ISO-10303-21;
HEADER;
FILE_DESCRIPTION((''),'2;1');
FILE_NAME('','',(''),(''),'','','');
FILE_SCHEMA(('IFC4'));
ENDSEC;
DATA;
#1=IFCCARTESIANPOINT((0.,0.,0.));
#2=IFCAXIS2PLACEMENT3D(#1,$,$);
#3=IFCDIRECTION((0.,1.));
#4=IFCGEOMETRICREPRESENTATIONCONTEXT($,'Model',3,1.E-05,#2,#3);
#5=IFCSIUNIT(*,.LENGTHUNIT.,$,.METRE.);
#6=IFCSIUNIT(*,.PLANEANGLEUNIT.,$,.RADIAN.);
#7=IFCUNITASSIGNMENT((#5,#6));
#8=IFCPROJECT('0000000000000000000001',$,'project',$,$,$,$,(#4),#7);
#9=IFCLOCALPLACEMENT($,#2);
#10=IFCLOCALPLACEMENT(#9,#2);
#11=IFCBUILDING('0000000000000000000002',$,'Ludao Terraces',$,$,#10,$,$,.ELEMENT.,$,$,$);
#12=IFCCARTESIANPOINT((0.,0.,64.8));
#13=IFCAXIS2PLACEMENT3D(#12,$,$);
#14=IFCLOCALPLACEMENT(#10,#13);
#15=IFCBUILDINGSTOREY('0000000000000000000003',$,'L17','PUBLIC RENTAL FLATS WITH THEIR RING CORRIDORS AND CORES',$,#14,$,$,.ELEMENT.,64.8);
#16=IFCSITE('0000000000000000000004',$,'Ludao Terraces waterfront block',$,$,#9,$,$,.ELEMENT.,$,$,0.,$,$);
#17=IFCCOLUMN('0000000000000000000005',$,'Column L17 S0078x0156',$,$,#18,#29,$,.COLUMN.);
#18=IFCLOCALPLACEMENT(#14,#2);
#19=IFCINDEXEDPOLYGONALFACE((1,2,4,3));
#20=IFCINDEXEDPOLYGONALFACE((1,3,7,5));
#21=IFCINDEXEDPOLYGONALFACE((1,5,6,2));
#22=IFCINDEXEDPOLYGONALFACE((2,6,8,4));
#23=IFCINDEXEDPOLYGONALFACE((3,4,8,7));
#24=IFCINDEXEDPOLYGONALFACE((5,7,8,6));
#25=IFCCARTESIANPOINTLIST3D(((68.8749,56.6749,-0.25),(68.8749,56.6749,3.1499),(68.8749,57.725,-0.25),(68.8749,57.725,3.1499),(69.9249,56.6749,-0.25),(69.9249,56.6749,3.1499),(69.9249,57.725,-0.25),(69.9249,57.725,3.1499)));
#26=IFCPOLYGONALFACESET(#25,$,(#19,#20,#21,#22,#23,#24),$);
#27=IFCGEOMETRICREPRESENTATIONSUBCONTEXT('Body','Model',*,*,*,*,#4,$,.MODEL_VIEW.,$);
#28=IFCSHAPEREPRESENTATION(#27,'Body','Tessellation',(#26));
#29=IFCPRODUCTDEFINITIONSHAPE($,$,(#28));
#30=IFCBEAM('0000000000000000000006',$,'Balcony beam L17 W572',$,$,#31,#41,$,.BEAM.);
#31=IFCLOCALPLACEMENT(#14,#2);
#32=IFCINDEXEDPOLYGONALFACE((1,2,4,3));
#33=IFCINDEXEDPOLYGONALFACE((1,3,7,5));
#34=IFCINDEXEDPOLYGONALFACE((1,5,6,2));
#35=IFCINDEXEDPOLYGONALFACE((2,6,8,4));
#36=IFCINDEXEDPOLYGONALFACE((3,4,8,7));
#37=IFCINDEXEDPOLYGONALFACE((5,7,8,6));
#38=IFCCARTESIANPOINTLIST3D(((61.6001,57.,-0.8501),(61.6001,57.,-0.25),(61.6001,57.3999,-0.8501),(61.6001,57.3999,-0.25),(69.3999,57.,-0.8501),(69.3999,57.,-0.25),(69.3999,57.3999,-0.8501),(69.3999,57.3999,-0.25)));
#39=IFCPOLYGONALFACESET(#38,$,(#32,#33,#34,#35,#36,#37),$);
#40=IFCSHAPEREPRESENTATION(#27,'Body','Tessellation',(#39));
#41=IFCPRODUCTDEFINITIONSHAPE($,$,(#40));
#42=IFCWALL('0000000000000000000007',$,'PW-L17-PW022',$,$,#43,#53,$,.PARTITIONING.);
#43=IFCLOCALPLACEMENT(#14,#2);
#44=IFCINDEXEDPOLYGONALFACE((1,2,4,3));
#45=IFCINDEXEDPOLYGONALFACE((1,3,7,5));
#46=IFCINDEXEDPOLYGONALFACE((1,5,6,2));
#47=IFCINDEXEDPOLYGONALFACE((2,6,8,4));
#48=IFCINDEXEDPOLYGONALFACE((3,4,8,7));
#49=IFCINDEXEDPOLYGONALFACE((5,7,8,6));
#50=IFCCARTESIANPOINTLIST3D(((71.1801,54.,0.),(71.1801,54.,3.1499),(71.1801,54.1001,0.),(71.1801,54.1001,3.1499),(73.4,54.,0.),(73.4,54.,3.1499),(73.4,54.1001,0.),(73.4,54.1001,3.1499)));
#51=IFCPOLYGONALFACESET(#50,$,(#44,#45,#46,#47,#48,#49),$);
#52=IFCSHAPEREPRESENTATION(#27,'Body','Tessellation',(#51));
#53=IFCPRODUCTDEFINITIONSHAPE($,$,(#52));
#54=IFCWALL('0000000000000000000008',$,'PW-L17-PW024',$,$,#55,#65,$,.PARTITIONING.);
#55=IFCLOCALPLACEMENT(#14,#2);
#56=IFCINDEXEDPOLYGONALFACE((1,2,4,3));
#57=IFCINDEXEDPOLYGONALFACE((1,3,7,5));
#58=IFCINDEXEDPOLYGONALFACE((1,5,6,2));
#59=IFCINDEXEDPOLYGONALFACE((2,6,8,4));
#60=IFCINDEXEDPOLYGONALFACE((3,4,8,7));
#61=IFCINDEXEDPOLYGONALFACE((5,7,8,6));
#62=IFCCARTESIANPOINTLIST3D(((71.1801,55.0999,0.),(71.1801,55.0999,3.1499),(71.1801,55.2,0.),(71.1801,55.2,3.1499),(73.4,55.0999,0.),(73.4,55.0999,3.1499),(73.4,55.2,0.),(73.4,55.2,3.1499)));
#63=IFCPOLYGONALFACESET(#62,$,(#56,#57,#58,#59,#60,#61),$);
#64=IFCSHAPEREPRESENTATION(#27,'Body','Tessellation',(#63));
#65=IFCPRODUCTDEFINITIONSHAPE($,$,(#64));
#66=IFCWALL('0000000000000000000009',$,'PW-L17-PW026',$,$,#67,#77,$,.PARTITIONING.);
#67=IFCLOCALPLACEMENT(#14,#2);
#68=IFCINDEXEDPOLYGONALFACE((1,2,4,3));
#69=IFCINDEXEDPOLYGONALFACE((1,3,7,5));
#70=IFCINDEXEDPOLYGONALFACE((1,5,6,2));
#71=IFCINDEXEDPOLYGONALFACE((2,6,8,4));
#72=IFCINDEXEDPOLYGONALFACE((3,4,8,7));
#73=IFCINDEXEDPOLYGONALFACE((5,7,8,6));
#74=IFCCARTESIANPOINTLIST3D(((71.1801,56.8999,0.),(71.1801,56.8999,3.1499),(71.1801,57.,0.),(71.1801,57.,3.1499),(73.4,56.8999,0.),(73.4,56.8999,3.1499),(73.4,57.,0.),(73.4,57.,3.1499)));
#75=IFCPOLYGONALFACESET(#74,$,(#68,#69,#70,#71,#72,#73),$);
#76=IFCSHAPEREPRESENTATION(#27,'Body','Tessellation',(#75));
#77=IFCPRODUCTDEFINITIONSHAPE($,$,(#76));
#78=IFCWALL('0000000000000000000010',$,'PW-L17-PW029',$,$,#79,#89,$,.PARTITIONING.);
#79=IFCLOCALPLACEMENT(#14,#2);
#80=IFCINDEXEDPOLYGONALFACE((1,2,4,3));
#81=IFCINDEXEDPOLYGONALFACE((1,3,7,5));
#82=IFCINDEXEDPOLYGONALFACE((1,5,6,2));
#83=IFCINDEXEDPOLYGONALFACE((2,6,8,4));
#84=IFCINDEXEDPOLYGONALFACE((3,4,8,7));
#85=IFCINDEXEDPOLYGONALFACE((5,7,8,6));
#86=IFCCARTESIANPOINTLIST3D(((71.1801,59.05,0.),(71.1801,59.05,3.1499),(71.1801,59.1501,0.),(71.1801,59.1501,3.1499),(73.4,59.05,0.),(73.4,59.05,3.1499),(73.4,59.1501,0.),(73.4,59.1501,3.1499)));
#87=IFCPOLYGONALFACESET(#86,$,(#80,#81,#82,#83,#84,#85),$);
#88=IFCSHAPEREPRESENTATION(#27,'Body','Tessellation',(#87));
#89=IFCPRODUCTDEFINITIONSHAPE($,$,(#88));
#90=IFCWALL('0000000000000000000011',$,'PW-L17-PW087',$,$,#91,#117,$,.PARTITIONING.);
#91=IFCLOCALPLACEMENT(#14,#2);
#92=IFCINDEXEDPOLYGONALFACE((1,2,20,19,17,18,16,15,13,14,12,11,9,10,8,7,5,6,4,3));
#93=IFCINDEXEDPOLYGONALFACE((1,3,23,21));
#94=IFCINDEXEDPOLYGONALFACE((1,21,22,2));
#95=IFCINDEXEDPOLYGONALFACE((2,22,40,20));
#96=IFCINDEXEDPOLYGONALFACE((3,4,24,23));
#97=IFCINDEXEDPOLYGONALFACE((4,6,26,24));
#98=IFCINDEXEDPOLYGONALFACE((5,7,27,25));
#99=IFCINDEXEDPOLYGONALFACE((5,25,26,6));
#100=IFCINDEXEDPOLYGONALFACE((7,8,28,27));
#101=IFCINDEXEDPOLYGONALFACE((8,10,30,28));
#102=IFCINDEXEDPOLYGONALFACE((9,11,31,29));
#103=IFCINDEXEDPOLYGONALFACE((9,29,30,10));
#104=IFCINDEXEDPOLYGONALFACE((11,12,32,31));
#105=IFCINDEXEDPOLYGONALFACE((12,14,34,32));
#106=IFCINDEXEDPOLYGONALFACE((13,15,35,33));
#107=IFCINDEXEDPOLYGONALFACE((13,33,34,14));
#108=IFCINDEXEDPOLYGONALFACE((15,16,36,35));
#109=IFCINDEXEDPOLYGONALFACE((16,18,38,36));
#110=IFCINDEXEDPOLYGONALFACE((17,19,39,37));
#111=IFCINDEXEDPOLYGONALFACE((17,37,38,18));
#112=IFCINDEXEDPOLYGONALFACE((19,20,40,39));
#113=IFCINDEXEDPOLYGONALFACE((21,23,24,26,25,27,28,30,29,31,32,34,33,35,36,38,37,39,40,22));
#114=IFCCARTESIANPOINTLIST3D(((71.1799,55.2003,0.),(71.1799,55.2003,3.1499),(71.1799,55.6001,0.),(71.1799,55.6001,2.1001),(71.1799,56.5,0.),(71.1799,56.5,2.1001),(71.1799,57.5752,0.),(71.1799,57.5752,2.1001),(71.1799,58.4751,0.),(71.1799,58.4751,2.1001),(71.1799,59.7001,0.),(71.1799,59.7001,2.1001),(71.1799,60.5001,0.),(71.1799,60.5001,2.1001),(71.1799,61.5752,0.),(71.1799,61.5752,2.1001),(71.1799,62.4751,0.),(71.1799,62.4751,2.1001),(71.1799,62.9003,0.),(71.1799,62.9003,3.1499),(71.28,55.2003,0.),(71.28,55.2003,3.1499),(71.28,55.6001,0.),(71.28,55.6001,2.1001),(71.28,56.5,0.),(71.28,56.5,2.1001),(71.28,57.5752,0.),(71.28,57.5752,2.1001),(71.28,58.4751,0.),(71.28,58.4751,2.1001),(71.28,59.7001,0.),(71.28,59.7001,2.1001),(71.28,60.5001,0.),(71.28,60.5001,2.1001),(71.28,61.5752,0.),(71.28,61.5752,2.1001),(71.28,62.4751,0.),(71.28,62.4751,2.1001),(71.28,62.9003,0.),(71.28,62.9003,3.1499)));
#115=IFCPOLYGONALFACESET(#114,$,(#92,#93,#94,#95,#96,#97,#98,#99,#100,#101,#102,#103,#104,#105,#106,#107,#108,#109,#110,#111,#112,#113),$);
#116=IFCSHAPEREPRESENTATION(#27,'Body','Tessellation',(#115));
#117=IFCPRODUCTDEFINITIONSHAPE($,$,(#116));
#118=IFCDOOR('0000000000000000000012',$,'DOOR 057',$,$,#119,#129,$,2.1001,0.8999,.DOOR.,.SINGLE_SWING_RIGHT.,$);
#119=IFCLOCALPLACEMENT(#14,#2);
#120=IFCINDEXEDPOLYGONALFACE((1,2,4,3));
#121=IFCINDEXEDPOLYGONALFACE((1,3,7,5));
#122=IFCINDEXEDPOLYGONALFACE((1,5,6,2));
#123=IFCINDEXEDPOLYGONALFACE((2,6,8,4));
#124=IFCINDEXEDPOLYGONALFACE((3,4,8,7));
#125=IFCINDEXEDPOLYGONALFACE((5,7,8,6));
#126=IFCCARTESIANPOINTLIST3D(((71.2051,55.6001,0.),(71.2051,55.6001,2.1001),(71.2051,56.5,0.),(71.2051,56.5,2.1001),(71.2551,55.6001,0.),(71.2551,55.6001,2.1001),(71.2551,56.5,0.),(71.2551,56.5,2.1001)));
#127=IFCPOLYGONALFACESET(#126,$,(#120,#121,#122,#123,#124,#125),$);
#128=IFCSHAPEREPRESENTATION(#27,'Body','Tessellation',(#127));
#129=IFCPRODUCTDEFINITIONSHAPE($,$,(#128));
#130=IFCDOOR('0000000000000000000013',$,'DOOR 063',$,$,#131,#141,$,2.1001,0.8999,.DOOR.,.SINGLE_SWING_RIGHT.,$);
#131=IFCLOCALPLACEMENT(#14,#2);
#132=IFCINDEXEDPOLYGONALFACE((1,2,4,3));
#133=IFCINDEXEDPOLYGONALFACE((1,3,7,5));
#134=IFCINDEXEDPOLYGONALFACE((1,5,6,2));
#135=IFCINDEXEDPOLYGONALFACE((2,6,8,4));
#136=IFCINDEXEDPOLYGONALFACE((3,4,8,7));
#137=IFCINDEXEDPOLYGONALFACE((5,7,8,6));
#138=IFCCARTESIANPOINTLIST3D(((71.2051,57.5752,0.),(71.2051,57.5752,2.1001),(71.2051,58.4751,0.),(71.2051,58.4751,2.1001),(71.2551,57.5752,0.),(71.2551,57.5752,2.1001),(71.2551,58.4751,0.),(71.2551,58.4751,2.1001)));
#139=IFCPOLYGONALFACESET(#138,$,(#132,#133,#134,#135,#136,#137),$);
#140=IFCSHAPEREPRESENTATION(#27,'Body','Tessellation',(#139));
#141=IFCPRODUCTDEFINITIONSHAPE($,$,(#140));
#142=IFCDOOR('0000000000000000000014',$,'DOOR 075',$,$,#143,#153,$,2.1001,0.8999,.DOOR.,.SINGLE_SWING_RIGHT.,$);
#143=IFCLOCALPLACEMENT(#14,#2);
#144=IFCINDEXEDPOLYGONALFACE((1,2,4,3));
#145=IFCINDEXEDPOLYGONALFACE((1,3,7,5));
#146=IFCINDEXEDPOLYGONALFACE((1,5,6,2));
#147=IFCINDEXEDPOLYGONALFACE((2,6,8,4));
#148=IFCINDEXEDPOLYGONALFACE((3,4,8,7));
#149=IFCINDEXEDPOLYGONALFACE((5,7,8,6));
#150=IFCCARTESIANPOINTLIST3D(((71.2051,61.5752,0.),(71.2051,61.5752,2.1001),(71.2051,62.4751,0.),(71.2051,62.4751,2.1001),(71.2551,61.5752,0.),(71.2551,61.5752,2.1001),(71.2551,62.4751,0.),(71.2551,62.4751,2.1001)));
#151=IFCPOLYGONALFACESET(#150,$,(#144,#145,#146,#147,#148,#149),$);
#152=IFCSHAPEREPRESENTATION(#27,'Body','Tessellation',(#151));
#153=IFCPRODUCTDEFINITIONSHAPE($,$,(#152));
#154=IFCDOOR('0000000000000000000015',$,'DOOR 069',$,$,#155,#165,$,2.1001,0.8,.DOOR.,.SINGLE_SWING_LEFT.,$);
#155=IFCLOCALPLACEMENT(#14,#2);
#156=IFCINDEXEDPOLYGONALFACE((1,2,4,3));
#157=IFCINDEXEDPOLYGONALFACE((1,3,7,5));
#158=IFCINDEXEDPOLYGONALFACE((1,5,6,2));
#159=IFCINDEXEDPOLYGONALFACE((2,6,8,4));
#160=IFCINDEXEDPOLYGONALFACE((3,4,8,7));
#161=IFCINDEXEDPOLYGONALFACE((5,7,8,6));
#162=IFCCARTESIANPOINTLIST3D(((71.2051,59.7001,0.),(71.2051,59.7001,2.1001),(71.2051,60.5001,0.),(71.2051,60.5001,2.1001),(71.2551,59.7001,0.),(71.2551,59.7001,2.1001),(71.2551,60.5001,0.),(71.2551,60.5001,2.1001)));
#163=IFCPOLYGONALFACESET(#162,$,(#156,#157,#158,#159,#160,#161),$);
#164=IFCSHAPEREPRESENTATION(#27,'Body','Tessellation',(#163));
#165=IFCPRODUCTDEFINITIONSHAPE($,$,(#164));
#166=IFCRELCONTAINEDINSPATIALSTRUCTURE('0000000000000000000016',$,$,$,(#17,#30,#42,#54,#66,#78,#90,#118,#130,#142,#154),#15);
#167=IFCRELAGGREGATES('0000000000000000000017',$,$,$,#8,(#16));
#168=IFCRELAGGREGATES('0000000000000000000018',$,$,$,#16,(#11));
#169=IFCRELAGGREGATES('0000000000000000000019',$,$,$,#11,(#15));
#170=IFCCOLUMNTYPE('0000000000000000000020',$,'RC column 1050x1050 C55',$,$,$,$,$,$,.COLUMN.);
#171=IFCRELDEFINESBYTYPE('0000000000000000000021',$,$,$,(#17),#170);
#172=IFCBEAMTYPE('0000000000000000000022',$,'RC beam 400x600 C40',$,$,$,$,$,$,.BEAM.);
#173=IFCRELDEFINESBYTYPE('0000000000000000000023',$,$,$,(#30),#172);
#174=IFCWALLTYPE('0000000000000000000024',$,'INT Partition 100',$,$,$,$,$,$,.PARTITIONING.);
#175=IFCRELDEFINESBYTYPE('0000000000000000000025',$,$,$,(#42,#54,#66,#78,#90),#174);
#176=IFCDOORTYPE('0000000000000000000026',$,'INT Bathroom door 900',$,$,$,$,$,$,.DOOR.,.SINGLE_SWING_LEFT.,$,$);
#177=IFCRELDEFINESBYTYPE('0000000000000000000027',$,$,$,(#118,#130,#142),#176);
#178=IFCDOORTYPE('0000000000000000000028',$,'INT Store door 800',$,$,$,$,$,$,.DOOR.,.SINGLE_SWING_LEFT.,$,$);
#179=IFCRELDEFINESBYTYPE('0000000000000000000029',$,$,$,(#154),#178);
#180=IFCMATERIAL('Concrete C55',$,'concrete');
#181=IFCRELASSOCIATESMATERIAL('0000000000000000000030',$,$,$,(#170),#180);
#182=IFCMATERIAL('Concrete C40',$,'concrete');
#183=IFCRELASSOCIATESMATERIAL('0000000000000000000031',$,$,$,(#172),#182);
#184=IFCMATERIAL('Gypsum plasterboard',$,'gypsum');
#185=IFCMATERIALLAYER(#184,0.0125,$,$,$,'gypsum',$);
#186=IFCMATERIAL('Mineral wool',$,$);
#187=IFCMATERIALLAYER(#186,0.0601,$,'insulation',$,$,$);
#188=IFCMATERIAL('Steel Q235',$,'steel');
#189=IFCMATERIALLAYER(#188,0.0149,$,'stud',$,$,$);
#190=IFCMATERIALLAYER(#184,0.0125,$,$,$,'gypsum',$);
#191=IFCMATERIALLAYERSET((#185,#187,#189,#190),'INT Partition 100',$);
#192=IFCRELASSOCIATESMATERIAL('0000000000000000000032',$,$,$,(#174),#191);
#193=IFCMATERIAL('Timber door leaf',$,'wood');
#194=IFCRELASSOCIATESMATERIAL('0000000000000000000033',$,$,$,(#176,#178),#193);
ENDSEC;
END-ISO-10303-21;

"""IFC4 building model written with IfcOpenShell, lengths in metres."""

from ifc_helpers import new_model, si_unit, direction, frame, frame_2d, origin, origin_2d, place, context, subcontext, project, spatial, rectangle, extrude, material, layer, layer_set, material_profile, profile_set, type_object, element, fill, save


model = new_model("IFC4")

# Units and contexts
model_context = context("Model", 3, precision=1e-05, world=origin(), true_north=direction((0.0, 1.0)))
body_context = subcontext(model_context, "Body", "Model", "MODEL_VIEW")
ifc_project = project(units=[si_unit("LENGTHUNIT", "METRE"), si_unit("PLANEANGLEUNIT", "RADIAN")], contexts=[model_context])

# Site, building, storey
site_placement = place(None, origin())
site = spatial("IfcSite", under=ifc_project, at=site_placement, Name="Ludao Terraces waterfront block", CompositionType="ELEMENT", RefElevation=0.0)
building_placement = place(site_placement, origin())
building = spatial("IfcBuilding", under=site, at=building_placement, Name="Ludao Terraces", CompositionType="ELEMENT")
storey_placement = place(building_placement, frame((0.0, 0.0, 64.8)))
storey = spatial("IfcBuildingStorey", under=building, at=storey_placement, Name="L17", Description="PUBLIC RENTAL FLATS WITH THEIR RING CORRIDORS AND CORES", CompositionType="ELEMENT", Elevation=64.8)

# Column
ifc_material_1 = material(Name="Concrete C55", Category="concrete")
ifc_material_profile_1 = material_profile(ifc_material_1, rectangle(XDim=1.05, YDim=1.05, at=origin_2d()), Name="1050 X 1050")
ifc_profile_set_1 = profile_set([ifc_material_profile_1], Name="Concrete C55")
column_type = type_object("IfcColumnType", Name="RC column 1050x1050 C55", PredefinedType="COLUMN", material=ifc_profile_set_1)
column_placement = place(storey_placement, frame((69.3999, 57.2, -0.25), z_axis=(0.0, 0.0, 1.0), x_axis=(1.0, 0.0, 0.0)))
element("IfcColumn", 1, at=column_placement, inside=storey, type_object=column_type, Name="Column L17 S0078x0156", PredefinedType="COLUMN", context=body_context, shape_type="SweptSolid", body=[
    extrude(rectangle(XDim=1.05, YDim=1.05, at=origin_2d()), origin(), (0.0, 0.0, 1.0), 3.3999),
])

# Beam
ifc_material_2 = material(Name="Concrete C40", Category="concrete")
ifc_material_profile_2 = material_profile(ifc_material_2, rectangle(XDim=0.3999, YDim=0.6001, at=origin_2d()), Name="400 X 600")
ifc_profile_set_2 = profile_set([ifc_material_profile_2], Name="Concrete C40")
beam_type = type_object("IfcBeamType", Name="RC beam 400x600 C40", PredefinedType="BEAM", material=ifc_profile_set_2)
beam_placement = place(storey_placement, frame((69.3999, 57.2, -0.55), z_axis=(-1.0, 0.0, 0.0), x_axis=(0.0, -1.0, 0.0)))
element("IfcBeam", 2, at=beam_placement, inside=storey, type_object=beam_type, Name="Balcony beam L17 W572", PredefinedType="BEAM", context=body_context, shape_type="SweptSolid", body=[
    extrude(rectangle(XDim=0.3999, YDim=0.6001, at=origin_2d()), origin(), (0.0, 0.0, 1.0), 7.7998),
])

# Walls
ifc_material_3 = material(Name="Gypsum plasterboard", Category="gypsum")
ifc_layer_1 = layer(ifc_material_3, 0.0125, Category="gypsum")
ifc_material_4 = material(Name="Mineral wool")
ifc_layer_2 = layer(ifc_material_4, 0.0601, Name="insulation")
ifc_material_5 = material(Name="Steel Q235", Category="steel")
ifc_layer_3 = layer(ifc_material_5, 0.0149, Name="stud")
ifc_layer_4 = layer(ifc_material_3, 0.0125, Category="gypsum")
ifc_layer_set = layer_set([ifc_layer_1, ifc_layer_2, ifc_layer_3, ifc_layer_4], Name="INT Partition 100")
wall_type = type_object("IfcWallType", Name="INT Partition 100", PredefinedType="PARTITIONING", material=ifc_layer_set)
for number, where, z_axis, x_axis, name in (
    (3, (71.1802, 54.05, 0.0), (0.0, 0.0, 1.0), (1.0, 0.0, 0.0), "PW-L17-PW022"),
    (4, (71.1802, 55.1499, 0.0), (0.0, 0.0, 1.0), (1.0, 0.0, 0.0), "PW-L17-PW024"),
    (5, (71.1802, 56.95, 0.0), (0.0, 0.0, 1.0), (1.0, 0.0, 0.0), "PW-L17-PW026"),
    (6, (71.1802, 59.1001, 0.0), (0.0, 0.0, 1.0), (1.0, 0.0, 0.0), "PW-L17-PW029"),
):
    element("IfcWall", number, at=place(storey_placement, frame(where, z_axis=z_axis, x_axis=x_axis)), inside=storey, type_object=wall_type, Name=name, PredefinedType="PARTITIONING", context=body_context, shape_type="SweptSolid", body=[
        extrude(rectangle(XDim=2.22, YDim=0.1001, at=frame_2d((1.1099, 0.0))), origin(), (0.0, 0.0, 1.0), 3.1499),
    ])

# Wall, openings, doors
wall_placement = place(storey_placement, frame((71.23, 55.2002, 0.0), z_axis=(0.0, 0.0, 1.0), x_axis=(0.0, 1.0, 0.0)))
wall = element("IfcWall", 7, at=wall_placement, inside=storey, type_object=wall_type, Name="PW-L17-PW087", PredefinedType="PARTITIONING", context=body_context, shape_type="SweptSolid", body=[
    extrude(rectangle(XDim=7.7, YDim=0.1001, at=frame_2d((3.8501, 0.0))), origin(), (0.0, 0.0, 1.0), 3.1499),
])
opening_1_placement = place(wall_placement, frame((0.3999, 0.0, 0.0)))
opening_1 = element("IfcOpeningElement", 8, at=opening_1_placement, cuts=wall, PredefinedType="OPENING", context=body_context, shape_type="SweptSolid", body=[
    extrude(rectangle(XDim=0.8999, YDim=2.1001, at=frame_2d((0.45, 1.05))), frame((0.0, 0.0601, 0.0), z_axis=(0.0, -1.0, 0.0), x_axis=(1.0, 0.0, 0.0)), (0.0, 0.0, 1.0), 0.1201),
])
opening_2_placement = place(wall_placement, frame((2.375, 0.0, 0.0)))
opening_2 = element("IfcOpeningElement", 9, at=opening_2_placement, cuts=wall, PredefinedType="OPENING", context=body_context, shape_type="SweptSolid", body=[
    extrude(rectangle(XDim=0.8999, YDim=2.1001, at=frame_2d((0.45, 1.05))), frame((0.0, 0.0601, 0.0), z_axis=(0.0, -1.0, 0.0), x_axis=(1.0, 0.0, 0.0)), (0.0, 0.0, 1.0), 0.1201),
])
opening_3_placement = place(wall_placement, frame((4.5, 0.0, 0.0)))
opening_3 = element("IfcOpeningElement", 10, at=opening_3_placement, cuts=wall, PredefinedType="OPENING", context=body_context, shape_type="SweptSolid", body=[
    extrude(rectangle(XDim=0.8, YDim=2.1001, at=frame_2d((0.3999, 1.05))), frame((0.0, 0.0601, 0.0), z_axis=(0.0, -1.0, 0.0), x_axis=(1.0, 0.0, 0.0)), (0.0, 0.0, 1.0), 0.1201),
])
opening_4_placement = place(wall_placement, frame((6.375, 0.0, 0.0)))
opening_4 = element("IfcOpeningElement", 11, at=opening_4_placement, cuts=wall, PredefinedType="OPENING", context=body_context, shape_type="SweptSolid", body=[
    extrude(rectangle(XDim=0.8999, YDim=2.1001, at=frame_2d((0.45, 1.05))), frame((0.0, 0.0601, 0.0), z_axis=(0.0, -1.0, 0.0), x_axis=(1.0, 0.0, 0.0)), (0.0, 0.0, 1.0), 0.1201),
])
ifc_material_6 = material(Name="Timber door leaf", Category="wood")
door_type_1 = type_object("IfcDoorType", Name="INT Bathroom door 900", OperationType="SINGLE_SWING_LEFT", PredefinedType="DOOR", material=ifc_material_6)
door_1_placement = place(opening_1_placement, origin())
door_1 = element("IfcDoor", 12, at=door_1_placement, inside=storey, type_object=door_type_1, Name="DOOR 057", OperationType="SINGLE_SWING_RIGHT", OverallHeight=2.1001, OverallWidth=0.8999, PredefinedType="DOOR", context=body_context, shape_type="SweptSolid", body=[
    extrude(rectangle(XDim=0.8999, YDim=2.1001, at=frame_2d((0.45, 1.05))), frame((0.0, 0.0249, 0.0), z_axis=(0.0, -1.0, 0.0), x_axis=(1.0, 0.0, 0.0)), (0.0, 0.0, 1.0), 0.05),
])
fill(opening_1, door_1)
door_2_placement = place(opening_2_placement, origin())
door_2 = element("IfcDoor", 13, at=door_2_placement, inside=storey, type_object=door_type_1, Name="DOOR 063", OperationType="SINGLE_SWING_RIGHT", OverallHeight=2.1001, OverallWidth=0.8999, PredefinedType="DOOR", context=body_context, shape_type="SweptSolid", body=[
    extrude(rectangle(XDim=0.8999, YDim=2.1001, at=frame_2d((0.45, 1.05))), frame((0.0, 0.0249, 0.0), z_axis=(0.0, -1.0, 0.0), x_axis=(1.0, 0.0, 0.0)), (0.0, 0.0, 1.0), 0.05),
])
fill(opening_2, door_2)
door_3_placement = place(opening_4_placement, origin())
door_3 = element("IfcDoor", 14, at=door_3_placement, inside=storey, type_object=door_type_1, Name="DOOR 075", OperationType="SINGLE_SWING_RIGHT", OverallHeight=2.1001, OverallWidth=0.8999, PredefinedType="DOOR", context=body_context, shape_type="SweptSolid", body=[
    extrude(rectangle(XDim=0.8999, YDim=2.1001, at=frame_2d((0.45, 1.05))), frame((0.0, 0.0249, 0.0), z_axis=(0.0, -1.0, 0.0), x_axis=(1.0, 0.0, 0.0)), (0.0, 0.0, 1.0), 0.05),
])
fill(opening_4, door_3)
door_type_2 = type_object("IfcDoorType", Name="INT Store door 800", OperationType="SINGLE_SWING_LEFT", PredefinedType="DOOR", material=ifc_material_6)
door_4_placement = place(opening_3_placement, origin())
door_4 = element("IfcDoor", 15, at=door_4_placement, inside=storey, type_object=door_type_2, Name="DOOR 069", OperationType="SINGLE_SWING_LEFT", OverallHeight=2.1001, OverallWidth=0.8, PredefinedType="DOOR", context=body_context, shape_type="SweptSolid", body=[
    extrude(rectangle(XDim=0.8, YDim=2.1001, at=frame_2d((0.3999, 1.05))), frame((0.0, 0.0249, 0.0), z_axis=(0.0, -1.0, 0.0), x_axis=(1.0, 0.0, 0.0)), (0.0, 0.0, 1.0), 0.05),
])
fill(opening_3, door_4)

save(model, "model.ifc")
